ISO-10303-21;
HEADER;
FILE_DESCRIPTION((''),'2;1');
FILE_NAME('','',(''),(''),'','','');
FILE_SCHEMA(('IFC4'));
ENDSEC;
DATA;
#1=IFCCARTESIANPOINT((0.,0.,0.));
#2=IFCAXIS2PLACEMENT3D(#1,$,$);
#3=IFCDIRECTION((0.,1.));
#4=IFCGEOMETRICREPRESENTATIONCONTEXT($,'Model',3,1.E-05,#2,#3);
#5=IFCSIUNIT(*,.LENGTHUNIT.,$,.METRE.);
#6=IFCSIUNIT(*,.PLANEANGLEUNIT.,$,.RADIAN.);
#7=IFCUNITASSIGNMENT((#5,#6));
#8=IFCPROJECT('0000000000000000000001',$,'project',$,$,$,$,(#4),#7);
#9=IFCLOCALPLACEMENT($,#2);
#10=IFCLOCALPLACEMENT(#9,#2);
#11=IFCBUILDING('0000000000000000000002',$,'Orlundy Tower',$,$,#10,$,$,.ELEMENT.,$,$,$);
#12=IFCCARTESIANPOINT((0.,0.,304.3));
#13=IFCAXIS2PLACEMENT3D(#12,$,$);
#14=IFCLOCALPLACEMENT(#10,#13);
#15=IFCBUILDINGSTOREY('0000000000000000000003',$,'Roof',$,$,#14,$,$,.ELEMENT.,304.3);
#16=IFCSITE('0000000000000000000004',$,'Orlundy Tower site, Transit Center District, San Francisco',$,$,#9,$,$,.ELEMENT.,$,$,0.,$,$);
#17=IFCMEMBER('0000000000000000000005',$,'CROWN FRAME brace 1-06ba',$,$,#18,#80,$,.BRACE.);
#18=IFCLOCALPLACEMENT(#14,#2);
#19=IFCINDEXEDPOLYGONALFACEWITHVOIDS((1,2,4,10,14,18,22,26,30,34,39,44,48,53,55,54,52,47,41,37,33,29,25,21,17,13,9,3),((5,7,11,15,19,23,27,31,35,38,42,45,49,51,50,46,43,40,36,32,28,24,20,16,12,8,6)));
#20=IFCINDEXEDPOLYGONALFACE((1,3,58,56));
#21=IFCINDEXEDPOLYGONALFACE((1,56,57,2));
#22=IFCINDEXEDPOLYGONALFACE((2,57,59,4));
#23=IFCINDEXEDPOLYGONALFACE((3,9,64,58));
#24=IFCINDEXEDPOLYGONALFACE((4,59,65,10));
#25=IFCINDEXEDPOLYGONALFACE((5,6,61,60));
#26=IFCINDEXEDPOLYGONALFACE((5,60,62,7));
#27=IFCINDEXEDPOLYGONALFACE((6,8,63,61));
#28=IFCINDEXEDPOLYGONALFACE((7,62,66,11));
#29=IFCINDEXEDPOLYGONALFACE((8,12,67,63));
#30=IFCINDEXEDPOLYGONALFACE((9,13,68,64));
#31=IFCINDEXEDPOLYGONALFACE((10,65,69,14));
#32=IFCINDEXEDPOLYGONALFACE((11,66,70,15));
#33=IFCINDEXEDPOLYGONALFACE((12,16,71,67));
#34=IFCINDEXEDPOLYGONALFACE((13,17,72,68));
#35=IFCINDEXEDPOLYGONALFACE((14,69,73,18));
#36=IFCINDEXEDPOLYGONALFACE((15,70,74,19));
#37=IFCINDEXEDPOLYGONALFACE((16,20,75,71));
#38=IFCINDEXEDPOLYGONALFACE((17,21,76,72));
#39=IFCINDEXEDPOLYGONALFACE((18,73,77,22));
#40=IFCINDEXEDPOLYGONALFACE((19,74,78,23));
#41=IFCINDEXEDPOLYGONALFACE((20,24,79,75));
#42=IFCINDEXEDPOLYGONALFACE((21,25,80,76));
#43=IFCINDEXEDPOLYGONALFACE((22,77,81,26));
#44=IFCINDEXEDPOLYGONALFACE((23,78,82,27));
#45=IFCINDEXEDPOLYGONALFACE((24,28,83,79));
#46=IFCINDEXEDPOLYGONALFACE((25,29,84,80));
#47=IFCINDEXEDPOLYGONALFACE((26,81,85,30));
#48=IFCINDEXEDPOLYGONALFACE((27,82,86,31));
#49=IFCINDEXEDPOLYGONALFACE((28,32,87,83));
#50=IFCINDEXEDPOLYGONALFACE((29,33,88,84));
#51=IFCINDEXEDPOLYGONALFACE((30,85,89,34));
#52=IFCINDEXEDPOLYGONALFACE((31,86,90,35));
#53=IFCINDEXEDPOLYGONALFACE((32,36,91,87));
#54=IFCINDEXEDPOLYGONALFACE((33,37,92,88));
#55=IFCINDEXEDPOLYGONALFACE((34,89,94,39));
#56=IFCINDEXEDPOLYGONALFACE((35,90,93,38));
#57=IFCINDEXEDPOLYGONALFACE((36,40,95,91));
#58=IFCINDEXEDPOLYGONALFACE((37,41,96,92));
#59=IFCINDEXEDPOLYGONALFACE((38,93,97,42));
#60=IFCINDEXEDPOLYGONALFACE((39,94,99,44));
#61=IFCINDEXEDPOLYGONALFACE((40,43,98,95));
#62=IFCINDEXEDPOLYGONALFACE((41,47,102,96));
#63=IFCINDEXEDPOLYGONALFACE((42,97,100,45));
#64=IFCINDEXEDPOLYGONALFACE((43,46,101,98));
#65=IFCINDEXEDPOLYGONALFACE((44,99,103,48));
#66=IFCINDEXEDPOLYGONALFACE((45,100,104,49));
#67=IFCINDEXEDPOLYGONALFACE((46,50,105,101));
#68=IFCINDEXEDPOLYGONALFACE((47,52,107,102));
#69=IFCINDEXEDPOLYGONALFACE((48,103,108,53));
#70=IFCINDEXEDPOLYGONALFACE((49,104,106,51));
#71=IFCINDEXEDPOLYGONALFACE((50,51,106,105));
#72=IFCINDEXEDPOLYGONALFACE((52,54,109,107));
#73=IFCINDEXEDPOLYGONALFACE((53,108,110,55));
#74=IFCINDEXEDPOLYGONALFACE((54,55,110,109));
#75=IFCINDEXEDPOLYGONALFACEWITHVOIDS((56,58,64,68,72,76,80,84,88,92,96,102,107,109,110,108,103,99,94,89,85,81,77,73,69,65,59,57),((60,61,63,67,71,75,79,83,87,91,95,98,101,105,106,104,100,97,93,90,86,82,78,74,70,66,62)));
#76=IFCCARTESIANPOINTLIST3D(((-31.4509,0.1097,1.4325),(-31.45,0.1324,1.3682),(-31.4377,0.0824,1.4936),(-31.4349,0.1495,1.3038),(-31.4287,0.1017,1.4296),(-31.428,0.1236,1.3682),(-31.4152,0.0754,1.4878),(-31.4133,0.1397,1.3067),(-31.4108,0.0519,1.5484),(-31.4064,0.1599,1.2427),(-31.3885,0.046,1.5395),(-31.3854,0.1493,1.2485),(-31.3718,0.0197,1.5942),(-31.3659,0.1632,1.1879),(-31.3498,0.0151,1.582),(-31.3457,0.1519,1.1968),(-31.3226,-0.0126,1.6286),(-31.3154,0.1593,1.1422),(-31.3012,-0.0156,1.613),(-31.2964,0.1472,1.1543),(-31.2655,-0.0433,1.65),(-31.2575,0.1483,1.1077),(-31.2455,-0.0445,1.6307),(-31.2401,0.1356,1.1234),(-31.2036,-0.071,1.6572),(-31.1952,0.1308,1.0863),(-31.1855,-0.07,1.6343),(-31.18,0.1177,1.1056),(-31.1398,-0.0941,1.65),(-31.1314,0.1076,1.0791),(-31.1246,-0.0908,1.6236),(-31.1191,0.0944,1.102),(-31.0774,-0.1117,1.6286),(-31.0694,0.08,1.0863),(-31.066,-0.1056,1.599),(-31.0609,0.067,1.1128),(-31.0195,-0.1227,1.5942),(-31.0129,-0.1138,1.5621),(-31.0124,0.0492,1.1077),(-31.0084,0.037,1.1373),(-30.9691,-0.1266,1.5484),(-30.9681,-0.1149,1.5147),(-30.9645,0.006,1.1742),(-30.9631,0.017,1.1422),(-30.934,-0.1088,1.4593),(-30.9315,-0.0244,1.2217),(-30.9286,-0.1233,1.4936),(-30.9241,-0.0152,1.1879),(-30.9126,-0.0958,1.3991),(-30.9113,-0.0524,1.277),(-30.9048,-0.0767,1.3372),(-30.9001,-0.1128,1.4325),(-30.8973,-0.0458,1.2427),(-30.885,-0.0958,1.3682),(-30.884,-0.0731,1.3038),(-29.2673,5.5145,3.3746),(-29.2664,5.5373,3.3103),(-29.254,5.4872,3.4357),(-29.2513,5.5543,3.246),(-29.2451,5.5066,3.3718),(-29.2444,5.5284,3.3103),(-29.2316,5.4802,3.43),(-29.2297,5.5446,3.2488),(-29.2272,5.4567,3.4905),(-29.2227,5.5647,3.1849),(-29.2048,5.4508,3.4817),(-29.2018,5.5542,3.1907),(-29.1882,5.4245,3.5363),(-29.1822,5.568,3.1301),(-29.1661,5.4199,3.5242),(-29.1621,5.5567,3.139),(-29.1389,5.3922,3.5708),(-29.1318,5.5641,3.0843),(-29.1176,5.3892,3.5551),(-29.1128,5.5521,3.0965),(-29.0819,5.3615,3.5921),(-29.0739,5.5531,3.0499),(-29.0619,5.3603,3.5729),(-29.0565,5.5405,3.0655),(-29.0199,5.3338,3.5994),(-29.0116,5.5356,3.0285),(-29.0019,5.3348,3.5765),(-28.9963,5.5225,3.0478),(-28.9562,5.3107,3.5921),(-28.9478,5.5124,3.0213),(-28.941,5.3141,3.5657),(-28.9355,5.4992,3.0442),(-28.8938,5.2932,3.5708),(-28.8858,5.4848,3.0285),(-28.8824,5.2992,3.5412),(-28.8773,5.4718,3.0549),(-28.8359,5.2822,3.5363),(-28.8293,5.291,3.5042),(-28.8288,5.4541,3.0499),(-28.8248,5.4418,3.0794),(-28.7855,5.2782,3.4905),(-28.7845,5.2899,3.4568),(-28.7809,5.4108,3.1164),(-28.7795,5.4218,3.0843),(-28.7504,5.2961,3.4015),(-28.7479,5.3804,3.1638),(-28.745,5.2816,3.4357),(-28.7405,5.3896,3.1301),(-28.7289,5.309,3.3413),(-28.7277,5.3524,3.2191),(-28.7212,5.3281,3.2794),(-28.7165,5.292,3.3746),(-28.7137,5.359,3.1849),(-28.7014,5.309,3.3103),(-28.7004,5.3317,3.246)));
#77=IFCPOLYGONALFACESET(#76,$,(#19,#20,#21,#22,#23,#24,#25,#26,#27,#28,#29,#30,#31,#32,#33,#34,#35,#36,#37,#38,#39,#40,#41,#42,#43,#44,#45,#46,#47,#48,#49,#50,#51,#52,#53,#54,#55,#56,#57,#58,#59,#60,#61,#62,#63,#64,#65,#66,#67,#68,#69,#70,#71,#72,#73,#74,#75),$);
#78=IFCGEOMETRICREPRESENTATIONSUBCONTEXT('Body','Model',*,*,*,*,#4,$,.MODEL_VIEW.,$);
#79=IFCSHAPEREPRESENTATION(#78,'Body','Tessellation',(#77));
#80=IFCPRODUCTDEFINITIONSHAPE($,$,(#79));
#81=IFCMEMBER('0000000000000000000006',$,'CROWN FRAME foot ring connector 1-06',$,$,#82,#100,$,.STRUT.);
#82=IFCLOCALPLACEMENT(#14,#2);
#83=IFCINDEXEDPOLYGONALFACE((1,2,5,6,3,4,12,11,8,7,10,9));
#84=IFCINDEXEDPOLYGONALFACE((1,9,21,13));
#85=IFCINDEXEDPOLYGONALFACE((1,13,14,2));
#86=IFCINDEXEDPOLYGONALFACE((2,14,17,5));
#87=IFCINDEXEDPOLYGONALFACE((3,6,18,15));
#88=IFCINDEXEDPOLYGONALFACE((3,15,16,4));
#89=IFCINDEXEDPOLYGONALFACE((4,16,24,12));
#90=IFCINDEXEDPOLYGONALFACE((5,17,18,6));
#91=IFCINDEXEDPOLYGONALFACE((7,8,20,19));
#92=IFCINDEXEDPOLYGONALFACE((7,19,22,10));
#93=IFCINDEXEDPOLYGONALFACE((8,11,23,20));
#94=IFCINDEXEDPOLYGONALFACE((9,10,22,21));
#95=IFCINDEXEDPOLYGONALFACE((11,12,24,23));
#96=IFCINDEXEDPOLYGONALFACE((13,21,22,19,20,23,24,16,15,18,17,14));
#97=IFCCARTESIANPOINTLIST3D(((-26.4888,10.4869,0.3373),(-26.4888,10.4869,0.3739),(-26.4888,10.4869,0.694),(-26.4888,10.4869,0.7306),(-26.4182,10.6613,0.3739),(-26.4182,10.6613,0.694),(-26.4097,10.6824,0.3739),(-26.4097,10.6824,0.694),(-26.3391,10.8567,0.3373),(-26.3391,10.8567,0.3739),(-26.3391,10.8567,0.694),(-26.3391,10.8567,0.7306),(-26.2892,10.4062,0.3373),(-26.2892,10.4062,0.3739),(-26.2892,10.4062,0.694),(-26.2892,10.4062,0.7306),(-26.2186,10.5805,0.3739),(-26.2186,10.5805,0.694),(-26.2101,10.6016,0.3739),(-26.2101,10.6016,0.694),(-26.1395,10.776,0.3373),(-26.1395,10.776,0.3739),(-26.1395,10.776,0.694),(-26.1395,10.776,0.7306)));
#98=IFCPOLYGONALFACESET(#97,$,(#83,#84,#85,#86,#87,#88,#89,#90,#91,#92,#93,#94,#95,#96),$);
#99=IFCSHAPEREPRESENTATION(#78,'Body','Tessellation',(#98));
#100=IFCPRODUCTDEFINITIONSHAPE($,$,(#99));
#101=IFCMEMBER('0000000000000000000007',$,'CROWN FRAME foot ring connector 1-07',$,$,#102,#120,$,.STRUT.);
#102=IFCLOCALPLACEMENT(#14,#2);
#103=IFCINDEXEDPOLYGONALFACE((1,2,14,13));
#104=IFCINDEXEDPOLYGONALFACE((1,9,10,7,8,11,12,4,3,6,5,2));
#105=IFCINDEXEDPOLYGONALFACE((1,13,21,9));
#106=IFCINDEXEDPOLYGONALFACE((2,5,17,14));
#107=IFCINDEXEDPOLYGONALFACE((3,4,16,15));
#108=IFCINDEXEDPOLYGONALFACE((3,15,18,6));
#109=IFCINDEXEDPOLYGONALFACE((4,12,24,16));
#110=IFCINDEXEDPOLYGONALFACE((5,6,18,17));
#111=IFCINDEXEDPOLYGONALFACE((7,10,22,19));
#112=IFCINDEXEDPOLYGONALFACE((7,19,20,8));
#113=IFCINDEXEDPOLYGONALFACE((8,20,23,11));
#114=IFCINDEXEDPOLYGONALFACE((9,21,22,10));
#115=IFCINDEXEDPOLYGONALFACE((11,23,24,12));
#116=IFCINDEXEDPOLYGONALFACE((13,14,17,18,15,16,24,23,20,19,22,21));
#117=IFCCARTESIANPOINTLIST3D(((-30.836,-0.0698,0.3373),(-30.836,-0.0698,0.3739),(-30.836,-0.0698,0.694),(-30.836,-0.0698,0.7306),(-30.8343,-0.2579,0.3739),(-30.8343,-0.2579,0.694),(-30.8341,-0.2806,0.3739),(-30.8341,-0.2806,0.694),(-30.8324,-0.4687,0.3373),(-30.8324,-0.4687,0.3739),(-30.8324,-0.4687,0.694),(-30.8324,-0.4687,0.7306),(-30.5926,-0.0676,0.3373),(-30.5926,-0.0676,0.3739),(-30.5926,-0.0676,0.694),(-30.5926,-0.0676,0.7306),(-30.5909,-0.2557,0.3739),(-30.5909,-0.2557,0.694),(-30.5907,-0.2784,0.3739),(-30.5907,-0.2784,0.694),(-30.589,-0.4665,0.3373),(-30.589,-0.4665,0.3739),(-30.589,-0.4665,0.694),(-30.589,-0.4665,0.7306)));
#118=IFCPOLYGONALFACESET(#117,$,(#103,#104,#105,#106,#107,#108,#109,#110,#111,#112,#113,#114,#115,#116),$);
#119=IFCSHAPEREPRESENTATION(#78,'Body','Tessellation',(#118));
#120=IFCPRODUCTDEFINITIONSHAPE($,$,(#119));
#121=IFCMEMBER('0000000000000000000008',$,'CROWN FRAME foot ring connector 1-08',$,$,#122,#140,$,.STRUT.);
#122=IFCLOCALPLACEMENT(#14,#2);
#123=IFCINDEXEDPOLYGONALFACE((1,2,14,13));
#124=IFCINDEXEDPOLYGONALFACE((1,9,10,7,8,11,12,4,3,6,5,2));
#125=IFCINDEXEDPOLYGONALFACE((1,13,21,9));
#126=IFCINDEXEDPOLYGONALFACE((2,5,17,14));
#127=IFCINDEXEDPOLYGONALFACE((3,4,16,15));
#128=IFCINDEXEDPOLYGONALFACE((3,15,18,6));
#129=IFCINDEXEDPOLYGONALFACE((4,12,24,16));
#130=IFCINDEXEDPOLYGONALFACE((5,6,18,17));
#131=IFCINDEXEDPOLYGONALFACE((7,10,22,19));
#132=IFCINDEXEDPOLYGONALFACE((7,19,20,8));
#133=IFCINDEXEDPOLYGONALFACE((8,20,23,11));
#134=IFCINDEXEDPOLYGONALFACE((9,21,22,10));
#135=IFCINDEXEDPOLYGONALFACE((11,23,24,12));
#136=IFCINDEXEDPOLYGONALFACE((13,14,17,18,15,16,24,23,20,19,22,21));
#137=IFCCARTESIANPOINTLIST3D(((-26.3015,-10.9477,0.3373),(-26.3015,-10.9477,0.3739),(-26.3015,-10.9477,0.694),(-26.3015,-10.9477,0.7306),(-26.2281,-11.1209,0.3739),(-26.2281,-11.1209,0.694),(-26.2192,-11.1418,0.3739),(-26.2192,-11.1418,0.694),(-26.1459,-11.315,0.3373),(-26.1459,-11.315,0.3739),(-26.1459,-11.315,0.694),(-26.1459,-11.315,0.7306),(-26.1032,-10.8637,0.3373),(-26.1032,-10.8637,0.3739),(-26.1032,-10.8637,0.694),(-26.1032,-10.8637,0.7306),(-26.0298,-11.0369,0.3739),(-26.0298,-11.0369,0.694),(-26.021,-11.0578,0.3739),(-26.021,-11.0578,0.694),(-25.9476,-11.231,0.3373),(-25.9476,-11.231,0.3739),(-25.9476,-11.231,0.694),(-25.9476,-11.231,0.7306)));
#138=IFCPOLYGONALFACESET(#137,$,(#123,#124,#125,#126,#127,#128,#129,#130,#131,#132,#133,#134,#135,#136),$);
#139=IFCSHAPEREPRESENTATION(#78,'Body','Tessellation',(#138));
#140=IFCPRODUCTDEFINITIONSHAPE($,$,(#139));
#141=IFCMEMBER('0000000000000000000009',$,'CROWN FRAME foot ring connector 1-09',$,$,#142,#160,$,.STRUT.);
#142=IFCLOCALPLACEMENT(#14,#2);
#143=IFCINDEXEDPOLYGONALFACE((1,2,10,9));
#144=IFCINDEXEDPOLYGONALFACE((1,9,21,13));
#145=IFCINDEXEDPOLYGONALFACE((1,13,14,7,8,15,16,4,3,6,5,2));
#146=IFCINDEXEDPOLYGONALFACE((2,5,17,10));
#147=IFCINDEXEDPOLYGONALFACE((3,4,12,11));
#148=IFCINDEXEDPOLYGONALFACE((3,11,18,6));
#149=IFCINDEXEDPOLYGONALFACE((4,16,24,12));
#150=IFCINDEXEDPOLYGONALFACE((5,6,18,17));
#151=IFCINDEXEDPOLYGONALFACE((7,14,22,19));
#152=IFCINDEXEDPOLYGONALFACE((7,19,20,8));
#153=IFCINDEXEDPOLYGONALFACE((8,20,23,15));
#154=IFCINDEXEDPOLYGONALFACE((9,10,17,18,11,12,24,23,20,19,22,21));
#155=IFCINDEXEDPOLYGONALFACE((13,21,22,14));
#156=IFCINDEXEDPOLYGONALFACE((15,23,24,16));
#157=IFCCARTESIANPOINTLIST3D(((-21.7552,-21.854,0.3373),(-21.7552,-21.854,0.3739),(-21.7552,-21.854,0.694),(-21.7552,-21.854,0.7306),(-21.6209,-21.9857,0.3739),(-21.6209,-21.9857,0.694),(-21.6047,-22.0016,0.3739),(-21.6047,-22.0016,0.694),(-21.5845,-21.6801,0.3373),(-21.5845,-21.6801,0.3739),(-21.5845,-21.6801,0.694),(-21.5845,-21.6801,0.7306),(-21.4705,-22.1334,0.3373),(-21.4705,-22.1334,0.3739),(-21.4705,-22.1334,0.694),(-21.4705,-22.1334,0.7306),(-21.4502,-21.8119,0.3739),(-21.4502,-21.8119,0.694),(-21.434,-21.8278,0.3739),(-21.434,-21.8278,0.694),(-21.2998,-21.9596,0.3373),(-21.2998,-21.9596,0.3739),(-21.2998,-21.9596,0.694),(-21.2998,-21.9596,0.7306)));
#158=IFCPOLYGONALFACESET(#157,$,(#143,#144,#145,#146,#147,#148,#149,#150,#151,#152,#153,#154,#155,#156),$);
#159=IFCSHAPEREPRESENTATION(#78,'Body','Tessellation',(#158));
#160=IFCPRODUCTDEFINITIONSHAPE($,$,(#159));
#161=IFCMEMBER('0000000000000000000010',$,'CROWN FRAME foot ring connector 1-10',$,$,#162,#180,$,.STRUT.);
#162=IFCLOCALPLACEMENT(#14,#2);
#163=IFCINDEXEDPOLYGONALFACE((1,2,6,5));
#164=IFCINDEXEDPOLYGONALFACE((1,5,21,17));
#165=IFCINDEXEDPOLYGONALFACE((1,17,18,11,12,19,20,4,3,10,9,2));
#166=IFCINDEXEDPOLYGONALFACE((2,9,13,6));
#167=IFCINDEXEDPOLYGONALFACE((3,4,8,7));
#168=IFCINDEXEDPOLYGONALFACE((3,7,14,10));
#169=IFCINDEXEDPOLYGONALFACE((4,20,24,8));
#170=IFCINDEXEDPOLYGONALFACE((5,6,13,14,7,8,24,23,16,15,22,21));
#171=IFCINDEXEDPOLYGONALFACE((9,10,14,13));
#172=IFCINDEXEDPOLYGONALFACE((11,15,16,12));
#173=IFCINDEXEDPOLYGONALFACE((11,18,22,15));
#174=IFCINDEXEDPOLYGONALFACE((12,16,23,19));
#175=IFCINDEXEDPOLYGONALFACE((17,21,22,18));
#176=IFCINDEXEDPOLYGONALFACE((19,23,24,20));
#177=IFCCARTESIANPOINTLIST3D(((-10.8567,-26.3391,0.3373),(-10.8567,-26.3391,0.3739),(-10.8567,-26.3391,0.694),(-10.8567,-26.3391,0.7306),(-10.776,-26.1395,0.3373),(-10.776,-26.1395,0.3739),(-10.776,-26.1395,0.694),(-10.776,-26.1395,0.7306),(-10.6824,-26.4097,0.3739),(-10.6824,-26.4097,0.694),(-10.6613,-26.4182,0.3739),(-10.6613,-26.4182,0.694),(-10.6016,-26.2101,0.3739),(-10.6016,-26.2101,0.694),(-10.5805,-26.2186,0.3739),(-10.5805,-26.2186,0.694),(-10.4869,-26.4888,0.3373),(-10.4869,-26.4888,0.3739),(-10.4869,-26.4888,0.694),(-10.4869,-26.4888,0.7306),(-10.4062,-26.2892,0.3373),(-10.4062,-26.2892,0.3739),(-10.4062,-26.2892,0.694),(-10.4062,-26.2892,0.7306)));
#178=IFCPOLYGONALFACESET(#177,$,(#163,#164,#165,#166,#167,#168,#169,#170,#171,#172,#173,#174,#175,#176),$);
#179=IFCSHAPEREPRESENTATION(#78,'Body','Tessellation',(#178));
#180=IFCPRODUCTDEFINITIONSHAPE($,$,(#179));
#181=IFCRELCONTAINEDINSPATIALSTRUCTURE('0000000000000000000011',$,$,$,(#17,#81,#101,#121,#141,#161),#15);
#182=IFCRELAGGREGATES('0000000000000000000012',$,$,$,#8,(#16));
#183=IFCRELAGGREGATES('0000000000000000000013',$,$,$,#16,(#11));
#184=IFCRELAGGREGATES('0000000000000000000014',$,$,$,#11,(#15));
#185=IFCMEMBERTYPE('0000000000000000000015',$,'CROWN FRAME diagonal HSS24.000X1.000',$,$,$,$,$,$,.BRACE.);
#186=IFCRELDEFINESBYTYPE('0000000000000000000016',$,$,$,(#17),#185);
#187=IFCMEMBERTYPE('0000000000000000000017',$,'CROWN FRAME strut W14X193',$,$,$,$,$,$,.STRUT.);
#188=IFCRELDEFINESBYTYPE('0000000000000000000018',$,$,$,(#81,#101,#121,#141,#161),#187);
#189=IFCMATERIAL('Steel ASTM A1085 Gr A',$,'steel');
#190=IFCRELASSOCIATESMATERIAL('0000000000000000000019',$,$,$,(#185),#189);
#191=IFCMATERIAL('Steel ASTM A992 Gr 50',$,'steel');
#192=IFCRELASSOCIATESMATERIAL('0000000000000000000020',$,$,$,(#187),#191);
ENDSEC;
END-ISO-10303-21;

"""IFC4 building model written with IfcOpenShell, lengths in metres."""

from ifc_helpers import new_model, si_unit, direction, frame, origin, origin_2d, place, context, subcontext, project, spatial, hollow_circle, i_section, extrude, material, material_profile, profile_set, type_object, element, save


model = new_model("IFC4")

# Units and contexts
model_context = context("Model", 3, precision=1e-05, world=origin(), true_north=direction((0.0, 1.0)))
body_context = subcontext(model_context, "Body", "Model", "MODEL_VIEW")
ifc_project = project(units=[si_unit("LENGTHUNIT", "METRE"), si_unit("PLANEANGLEUNIT", "RADIAN")], contexts=[model_context])

# Site, building, storey
site_placement = place(None, origin())
site = spatial("IfcSite", under=ifc_project, at=site_placement, Name="Orlundy Tower site, Transit Center District, San Francisco", CompositionType="ELEMENT", RefElevation=0.0)
building_placement = place(site_placement, origin())
building = spatial("IfcBuilding", under=site, at=building_placement, Name="Orlundy Tower", CompositionType="ELEMENT")
storey_placement = place(building_placement, frame((0.0, 0.0, 304.3)))
storey = spatial("IfcBuildingStorey", under=building, at=storey_placement, Name="Roof", CompositionType="ELEMENT", Elevation=304.3)

# Members
ifc_material_1 = material(Name="Steel ASTM A1085 Gr A", Category="steel")
ifc_material_profile_1 = material_profile(ifc_material_1, hollow_circle(Radius=0.3047, WallThickness=0.0237, at=origin_2d()), Name="HSS24.000X1.000")
ifc_profile_set_1 = profile_set([ifc_material_profile_1], Name="Steel ASTM A1085 Gr A")
member_type_1 = type_object("IfcMemberType", Name="CROWN FRAME diagonal HSS24.000X1.000", PredefinedType="BRACE", material=ifc_profile_set_1)
for number, where, z_axis, x_axis, name in (
    (1, (-31.1675, 0.0183, 1.3682), (0.355389, 0.879651, 0.316091), (-0.927189, 0.374595, 0.0), "CROWN FRAME brace 1-06ba"),
):
    element("IfcMember", number, at=place(storey_placement, frame(where, z_axis=z_axis, x_axis=x_axis)), inside=storey, type_object=member_type_1, Name=name, PredefinedType="BRACE", context=body_context, shape_type="SweptSolid", body=[
        extrude(hollow_circle(Radius=0.3047, WallThickness=0.0237, at=origin_2d()), origin(), (0.0, 0.0, 1.0), 6.1443),
    ])
ifc_material_2 = material(Name="Steel ASTM A992 Gr 50", Category="steel")
ifc_material_profile_2 = material_profile(ifc_material_2, i_section(OverallWidth=0.3989, OverallDepth=0.3933, WebThickness=0.0227, FlangeThickness=0.0366, at=origin_2d()), Name="W14X193")
ifc_profile_set_2 = profile_set([ifc_material_profile_2], Name="Steel ASTM A992 Gr 50")
member_type_2 = type_object("IfcMemberType", Name="CROWN FRAME strut W14X193", PredefinedType="STRUT", material=ifc_profile_set_2)
member_1_placement = place(storey_placement, frame((-26.2144, 10.5911, 0.5339), z_axis=(-0.926984, 0.3751, 0.0), x_axis=(-0.3751, -0.926984, 0.0)))
element("IfcMember", 2, at=member_1_placement, inside=storey, type_object=member_type_2, Name="CROWN FRAME foot ring connector 1-06", PredefinedType="STRUT", context=body_context, shape_type="SweptSolid", body=[
    extrude(i_section(OverallWidth=0.3989, OverallDepth=0.3933, WebThickness=0.0227, FlangeThickness=0.0366, at=origin_2d()), origin(), (0.0, 0.0, 1.0), 0.2153),
])
member_2_placement = place(storey_placement, frame((-30.5908, -0.2671, 0.5339), z_axis=(-0.999959, -0.009027, 0.0), x_axis=(0.009027, -0.999959, 0.0)))
element("IfcMember", 3, at=member_2_placement, inside=storey, type_object=member_type_2, Name="CROWN FRAME foot ring connector 1-07", PredefinedType="STRUT", context=body_context, shape_type="SweptSolid", body=[
    extrude(i_section(OverallWidth=0.3989, OverallDepth=0.3933, WebThickness=0.0227, FlangeThickness=0.0366, at=origin_2d()), origin(), (0.0, 0.0, 1.0), 0.2434),
])
member_3_placement = place(storey_placement, frame((-26.0254, -11.0474, 0.5339), z_axis=(-0.920779, -0.390084, 0.0), x_axis=(0.390084, -0.920779, 0.0)))
element("IfcMember", 4, at=member_3_placement, inside=storey, type_object=member_type_2, Name="CROWN FRAME foot ring connector 1-08", PredefinedType="STRUT", context=body_context, shape_type="SweptSolid", body=[
    extrude(i_section(OverallWidth=0.3989, OverallDepth=0.3933, WebThickness=0.0227, FlangeThickness=0.0366, at=origin_2d()), origin(), (0.0, 0.0, 1.0), 0.2153),
])
member_4_placement = place(storey_placement, frame((-21.4421, -21.8198, 0.5339), z_axis=(-0.700562, -0.713591, 0.0), x_axis=(0.713591, -0.700562, 0.0)))
element("IfcMember", 5, at=member_4_placement, inside=storey, type_object=member_type_2, Name="CROWN FRAME foot ring connector 1-09", PredefinedType="STRUT", context=body_context, shape_type="SweptSolid", body=[
    extrude(i_section(OverallWidth=0.3989, OverallDepth=0.3933, WebThickness=0.0227, FlangeThickness=0.0366, at=origin_2d()), origin(), (0.0, 0.0, 1.0), 0.2437),
])
member_5_placement = place(storey_placement, frame((-10.5911, -26.2144, 0.5339), z_axis=(-0.3751, -0.926984, 0.0), x_axis=(0.926984, -0.3751, 0.0)))
element("IfcMember", 6, at=member_5_placement, inside=storey, type_object=member_type_2, Name="CROWN FRAME foot ring connector 1-10", PredefinedType="STRUT", context=body_context, shape_type="SweptSolid", body=[
    extrude(i_section(OverallWidth=0.3989, OverallDepth=0.3933, WebThickness=0.0227, FlangeThickness=0.0366, at=origin_2d()), origin(), (0.0, 0.0, 1.0), 0.2153),
])

save(model, "model.ifc")
